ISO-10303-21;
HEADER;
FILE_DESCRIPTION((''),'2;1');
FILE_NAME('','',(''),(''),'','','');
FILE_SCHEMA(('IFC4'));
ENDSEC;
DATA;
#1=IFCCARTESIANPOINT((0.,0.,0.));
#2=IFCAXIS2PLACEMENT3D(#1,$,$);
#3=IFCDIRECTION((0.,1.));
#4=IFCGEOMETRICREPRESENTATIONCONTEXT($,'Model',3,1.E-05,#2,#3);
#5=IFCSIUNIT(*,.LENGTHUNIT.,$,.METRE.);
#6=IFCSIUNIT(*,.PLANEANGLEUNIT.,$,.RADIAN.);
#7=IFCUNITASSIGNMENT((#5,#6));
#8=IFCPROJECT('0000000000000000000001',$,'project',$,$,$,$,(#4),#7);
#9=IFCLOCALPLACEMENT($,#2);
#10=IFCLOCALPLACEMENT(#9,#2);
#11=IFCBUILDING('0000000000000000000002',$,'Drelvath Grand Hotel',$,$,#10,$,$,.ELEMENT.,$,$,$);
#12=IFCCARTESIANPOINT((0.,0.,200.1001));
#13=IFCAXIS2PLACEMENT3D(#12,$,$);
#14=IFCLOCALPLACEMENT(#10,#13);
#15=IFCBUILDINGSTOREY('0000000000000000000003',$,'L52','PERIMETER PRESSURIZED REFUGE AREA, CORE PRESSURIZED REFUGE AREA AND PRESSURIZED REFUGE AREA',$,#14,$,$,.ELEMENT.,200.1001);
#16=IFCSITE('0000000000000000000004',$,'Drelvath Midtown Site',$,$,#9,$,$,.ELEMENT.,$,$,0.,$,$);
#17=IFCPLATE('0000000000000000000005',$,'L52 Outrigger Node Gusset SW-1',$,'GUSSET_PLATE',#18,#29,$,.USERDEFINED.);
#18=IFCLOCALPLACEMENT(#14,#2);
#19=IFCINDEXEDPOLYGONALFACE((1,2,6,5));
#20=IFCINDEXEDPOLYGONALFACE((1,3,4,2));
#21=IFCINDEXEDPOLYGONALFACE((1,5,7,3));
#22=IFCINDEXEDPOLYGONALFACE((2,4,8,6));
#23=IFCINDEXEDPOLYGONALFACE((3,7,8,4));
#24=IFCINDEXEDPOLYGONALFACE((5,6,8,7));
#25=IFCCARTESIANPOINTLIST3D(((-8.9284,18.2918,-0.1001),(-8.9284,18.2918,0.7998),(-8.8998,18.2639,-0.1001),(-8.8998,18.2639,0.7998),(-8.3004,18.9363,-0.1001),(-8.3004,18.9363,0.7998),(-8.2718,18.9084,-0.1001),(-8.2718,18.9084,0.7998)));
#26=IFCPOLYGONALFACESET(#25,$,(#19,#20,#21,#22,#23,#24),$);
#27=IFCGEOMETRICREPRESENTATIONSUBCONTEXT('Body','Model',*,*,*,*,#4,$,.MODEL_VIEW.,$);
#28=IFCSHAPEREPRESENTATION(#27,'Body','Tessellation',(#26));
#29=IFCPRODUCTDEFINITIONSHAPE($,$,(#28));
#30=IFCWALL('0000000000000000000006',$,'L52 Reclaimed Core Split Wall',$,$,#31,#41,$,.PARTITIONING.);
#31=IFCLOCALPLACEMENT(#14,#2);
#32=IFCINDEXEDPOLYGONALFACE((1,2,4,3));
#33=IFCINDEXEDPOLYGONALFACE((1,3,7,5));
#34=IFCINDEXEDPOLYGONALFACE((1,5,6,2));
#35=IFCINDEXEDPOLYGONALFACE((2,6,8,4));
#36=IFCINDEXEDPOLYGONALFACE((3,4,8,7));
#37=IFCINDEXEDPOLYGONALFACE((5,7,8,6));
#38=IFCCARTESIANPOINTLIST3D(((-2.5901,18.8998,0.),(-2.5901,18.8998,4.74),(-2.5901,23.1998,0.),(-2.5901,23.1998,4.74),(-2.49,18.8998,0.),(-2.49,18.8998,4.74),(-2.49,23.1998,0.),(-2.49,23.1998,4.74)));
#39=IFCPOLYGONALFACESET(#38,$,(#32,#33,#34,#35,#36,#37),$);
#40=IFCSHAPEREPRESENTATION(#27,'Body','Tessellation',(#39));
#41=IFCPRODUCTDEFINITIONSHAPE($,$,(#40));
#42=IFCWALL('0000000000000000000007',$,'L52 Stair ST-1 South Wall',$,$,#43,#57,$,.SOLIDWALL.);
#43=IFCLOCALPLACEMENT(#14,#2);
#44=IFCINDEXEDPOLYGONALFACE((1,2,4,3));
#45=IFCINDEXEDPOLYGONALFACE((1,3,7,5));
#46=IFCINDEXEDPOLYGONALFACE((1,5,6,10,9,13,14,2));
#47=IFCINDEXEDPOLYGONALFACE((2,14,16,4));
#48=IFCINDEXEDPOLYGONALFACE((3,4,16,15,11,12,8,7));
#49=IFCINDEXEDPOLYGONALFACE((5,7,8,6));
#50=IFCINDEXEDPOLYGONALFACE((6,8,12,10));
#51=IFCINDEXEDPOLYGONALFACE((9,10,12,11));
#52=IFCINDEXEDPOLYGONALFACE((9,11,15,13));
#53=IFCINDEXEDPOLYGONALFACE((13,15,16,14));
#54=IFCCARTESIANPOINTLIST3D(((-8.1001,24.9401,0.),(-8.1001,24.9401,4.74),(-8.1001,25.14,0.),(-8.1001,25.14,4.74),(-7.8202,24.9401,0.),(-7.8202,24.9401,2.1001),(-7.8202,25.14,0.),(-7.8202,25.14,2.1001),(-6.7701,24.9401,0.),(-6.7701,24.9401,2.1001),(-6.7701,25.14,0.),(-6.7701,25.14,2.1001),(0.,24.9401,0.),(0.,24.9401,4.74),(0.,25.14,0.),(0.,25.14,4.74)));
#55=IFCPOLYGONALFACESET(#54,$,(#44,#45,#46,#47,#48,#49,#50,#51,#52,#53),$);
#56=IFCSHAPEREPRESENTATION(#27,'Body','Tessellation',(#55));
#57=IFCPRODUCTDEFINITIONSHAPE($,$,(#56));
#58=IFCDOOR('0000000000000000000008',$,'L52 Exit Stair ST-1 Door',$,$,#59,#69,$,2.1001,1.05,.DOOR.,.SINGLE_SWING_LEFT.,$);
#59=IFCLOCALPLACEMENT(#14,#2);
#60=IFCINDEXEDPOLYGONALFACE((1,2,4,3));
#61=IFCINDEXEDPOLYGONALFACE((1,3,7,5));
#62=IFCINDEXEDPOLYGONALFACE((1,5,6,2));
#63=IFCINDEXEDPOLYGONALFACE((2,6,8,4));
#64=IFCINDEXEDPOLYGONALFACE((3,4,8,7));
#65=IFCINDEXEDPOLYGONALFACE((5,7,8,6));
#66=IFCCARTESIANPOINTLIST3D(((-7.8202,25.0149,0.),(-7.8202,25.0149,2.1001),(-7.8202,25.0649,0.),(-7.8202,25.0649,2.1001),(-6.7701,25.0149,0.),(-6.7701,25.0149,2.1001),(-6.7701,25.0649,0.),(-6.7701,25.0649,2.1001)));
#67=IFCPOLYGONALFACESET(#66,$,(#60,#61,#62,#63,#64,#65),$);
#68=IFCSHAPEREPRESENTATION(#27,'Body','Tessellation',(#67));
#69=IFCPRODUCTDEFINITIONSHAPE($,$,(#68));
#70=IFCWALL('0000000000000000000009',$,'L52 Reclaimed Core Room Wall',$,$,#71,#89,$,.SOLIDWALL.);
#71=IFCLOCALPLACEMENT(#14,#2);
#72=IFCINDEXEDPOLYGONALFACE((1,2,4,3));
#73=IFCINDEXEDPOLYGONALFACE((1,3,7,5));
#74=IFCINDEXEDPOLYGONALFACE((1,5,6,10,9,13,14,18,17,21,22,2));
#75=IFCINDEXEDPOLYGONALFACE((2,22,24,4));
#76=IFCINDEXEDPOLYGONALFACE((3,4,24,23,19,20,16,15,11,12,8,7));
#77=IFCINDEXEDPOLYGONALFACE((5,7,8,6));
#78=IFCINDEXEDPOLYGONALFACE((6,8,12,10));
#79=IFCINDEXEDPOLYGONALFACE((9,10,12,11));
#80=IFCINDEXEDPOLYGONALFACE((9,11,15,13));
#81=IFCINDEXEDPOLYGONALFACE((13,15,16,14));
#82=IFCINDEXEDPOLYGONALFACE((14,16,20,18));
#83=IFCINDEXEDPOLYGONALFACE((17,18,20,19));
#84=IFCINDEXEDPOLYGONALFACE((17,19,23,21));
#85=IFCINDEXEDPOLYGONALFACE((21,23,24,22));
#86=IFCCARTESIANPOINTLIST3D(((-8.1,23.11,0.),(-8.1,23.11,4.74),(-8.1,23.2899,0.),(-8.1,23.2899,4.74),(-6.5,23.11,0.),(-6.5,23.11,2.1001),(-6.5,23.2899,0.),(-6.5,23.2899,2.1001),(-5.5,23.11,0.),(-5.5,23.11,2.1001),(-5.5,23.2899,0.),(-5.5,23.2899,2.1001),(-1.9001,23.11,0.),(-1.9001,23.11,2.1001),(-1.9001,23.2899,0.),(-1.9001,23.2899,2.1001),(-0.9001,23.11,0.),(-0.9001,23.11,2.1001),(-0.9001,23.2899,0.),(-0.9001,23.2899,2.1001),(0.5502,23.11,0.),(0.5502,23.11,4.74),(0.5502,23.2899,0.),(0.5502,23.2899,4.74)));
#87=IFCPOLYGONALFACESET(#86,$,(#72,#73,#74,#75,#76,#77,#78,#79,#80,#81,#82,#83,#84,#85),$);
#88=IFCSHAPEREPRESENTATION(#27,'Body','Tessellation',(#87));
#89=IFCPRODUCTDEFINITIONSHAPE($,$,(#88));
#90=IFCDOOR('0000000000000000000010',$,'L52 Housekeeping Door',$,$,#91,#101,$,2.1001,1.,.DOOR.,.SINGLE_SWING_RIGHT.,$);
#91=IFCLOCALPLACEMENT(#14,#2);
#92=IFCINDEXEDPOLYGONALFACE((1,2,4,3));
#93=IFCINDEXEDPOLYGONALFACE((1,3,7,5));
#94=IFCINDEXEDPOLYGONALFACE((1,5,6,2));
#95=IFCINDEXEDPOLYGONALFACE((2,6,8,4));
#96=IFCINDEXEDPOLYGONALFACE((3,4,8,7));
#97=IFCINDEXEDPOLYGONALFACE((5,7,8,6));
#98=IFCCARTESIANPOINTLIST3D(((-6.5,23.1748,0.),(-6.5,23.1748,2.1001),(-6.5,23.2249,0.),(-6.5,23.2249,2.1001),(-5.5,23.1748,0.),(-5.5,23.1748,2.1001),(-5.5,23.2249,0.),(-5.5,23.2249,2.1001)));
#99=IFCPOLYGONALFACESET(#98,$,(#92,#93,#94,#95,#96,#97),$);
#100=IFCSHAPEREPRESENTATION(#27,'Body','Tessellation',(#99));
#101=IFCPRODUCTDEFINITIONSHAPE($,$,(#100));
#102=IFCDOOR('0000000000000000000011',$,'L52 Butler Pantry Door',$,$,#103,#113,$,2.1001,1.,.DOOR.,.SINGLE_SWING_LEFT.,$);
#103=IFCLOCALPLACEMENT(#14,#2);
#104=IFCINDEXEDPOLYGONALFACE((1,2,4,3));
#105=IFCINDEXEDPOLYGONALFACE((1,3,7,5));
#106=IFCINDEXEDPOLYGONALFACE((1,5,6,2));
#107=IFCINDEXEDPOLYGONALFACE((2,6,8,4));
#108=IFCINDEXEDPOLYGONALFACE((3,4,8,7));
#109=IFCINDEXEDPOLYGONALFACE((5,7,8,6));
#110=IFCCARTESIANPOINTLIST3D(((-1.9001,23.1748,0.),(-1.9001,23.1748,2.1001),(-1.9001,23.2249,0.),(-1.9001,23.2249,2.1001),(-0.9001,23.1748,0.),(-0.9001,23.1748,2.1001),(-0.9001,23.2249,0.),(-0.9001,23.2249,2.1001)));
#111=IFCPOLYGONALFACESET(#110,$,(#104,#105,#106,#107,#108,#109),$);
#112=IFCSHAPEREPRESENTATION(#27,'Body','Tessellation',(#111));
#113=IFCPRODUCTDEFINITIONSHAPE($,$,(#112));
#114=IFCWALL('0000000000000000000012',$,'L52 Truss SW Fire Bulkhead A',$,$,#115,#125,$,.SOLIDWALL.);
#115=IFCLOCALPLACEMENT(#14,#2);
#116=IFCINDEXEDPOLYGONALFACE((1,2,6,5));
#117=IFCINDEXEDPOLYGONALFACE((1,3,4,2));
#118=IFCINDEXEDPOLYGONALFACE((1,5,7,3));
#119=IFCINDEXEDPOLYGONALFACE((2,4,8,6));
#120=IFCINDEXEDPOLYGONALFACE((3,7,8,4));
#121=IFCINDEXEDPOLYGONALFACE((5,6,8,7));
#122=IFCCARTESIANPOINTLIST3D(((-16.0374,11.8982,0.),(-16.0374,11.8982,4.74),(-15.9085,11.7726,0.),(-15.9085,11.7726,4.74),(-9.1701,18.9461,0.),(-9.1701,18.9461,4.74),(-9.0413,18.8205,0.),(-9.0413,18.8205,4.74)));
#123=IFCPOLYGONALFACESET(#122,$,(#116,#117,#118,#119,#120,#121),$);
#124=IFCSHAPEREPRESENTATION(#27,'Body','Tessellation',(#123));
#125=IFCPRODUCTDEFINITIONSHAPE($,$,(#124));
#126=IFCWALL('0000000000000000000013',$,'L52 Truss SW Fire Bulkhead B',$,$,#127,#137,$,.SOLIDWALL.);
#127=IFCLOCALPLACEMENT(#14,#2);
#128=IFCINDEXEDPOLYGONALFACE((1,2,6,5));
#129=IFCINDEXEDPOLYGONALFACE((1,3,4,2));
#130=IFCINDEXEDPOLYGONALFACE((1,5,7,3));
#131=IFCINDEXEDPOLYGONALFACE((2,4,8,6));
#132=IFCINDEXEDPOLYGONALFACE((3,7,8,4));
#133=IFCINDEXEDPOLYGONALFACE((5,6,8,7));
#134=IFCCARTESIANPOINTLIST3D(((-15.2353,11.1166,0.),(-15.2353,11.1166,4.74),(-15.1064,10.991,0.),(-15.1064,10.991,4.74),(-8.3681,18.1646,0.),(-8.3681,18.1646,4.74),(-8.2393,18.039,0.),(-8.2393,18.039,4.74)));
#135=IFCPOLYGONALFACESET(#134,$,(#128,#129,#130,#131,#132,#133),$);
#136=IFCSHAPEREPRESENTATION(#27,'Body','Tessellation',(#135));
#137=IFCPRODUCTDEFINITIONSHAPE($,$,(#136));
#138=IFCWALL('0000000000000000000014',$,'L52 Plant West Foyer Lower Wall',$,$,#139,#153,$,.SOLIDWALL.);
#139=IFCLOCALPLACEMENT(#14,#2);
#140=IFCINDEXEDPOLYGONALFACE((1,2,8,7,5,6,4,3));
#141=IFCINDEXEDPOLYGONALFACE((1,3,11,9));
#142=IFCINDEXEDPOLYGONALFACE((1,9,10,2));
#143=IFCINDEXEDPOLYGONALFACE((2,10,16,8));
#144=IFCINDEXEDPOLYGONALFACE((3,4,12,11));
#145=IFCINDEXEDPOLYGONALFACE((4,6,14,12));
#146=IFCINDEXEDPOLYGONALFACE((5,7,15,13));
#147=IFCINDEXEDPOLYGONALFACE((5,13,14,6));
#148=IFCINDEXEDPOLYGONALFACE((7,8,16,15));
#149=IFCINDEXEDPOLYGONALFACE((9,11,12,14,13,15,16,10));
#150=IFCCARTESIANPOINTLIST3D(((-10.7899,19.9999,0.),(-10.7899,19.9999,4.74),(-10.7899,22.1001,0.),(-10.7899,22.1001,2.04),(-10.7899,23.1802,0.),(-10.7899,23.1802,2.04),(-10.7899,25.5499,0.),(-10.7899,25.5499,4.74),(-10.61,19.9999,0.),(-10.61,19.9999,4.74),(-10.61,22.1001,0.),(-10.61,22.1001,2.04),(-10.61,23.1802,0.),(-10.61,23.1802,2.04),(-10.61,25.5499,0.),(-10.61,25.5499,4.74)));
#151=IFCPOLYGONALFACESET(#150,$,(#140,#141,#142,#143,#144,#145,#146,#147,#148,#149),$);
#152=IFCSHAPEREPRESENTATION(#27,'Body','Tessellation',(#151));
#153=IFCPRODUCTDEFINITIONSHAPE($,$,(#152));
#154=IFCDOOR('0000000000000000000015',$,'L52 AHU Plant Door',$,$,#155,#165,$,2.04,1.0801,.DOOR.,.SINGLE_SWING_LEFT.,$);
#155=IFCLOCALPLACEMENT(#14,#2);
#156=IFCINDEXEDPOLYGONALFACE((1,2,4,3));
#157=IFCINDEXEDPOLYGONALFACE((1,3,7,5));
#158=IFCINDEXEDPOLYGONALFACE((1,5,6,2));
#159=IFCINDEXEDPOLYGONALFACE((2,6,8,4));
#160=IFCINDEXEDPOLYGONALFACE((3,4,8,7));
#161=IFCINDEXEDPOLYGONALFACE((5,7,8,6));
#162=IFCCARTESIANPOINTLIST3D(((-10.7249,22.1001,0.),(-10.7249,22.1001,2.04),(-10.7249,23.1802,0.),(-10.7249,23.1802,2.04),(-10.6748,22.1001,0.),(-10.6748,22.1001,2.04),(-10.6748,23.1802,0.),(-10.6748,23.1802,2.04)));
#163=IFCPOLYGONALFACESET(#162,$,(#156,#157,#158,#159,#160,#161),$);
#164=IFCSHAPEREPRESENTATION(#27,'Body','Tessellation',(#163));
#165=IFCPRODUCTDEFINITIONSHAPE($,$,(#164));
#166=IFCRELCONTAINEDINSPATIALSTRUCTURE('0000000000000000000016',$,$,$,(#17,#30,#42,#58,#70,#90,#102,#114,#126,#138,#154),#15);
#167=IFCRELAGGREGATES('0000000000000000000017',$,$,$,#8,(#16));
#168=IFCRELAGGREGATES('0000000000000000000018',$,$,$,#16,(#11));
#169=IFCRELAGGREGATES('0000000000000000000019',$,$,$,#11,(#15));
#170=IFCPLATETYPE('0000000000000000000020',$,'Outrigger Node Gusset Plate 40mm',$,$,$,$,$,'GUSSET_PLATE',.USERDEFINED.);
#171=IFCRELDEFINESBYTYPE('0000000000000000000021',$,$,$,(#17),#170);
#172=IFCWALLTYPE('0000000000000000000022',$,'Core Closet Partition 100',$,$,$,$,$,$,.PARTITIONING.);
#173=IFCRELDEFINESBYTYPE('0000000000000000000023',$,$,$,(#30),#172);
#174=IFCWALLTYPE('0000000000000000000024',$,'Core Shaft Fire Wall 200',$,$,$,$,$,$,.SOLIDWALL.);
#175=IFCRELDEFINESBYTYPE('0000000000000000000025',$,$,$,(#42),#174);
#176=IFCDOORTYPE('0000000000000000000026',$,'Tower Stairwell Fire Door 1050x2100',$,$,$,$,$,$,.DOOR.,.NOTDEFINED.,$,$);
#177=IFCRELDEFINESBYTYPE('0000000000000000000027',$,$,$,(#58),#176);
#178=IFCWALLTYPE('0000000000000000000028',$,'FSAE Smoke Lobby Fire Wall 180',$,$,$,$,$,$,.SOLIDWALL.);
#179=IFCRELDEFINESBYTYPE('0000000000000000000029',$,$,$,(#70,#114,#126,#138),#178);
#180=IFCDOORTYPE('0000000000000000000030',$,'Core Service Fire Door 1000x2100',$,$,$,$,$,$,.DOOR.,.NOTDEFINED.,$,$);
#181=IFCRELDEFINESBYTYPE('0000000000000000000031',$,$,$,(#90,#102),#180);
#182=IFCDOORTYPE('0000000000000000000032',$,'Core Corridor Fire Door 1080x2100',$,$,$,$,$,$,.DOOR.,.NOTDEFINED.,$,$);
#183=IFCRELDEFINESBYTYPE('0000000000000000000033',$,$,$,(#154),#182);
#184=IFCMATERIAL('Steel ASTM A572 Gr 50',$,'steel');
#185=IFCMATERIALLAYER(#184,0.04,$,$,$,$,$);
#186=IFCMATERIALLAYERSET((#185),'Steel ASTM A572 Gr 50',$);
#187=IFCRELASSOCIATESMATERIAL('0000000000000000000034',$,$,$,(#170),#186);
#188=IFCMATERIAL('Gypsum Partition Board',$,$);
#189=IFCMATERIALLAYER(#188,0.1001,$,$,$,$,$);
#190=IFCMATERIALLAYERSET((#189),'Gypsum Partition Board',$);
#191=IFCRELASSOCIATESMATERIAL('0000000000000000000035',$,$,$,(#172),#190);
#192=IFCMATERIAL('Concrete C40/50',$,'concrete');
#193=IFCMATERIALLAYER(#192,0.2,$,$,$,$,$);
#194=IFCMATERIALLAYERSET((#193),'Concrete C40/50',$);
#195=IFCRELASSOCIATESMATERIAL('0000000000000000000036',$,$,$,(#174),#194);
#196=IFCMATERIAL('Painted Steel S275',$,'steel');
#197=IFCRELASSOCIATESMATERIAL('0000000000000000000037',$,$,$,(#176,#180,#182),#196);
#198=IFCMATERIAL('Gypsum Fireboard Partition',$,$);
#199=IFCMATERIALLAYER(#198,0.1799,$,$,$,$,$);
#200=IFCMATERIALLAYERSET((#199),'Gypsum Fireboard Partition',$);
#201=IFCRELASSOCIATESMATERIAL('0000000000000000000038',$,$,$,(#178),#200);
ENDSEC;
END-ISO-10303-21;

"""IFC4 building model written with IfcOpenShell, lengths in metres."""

from ifc_helpers import new_model, si_unit, direction, frame, frame_2d, origin, origin_2d, place, context, subcontext, project, spatial, rectangle, extrude, material, layer, layer_set, type_object, element, fill, save


model = new_model("IFC4")

# Units and contexts
model_context = context("Model", 3, precision=1e-05, world=origin(), true_north=direction((0.0, 1.0)))
body_context = subcontext(model_context, "Body", "Model", "MODEL_VIEW")
ifc_project = project(units=[si_unit("LENGTHUNIT", "METRE"), si_unit("PLANEANGLEUNIT", "RADIAN")], contexts=[model_context])

# Site, building, storey
site_placement = place(None, origin())
site = spatial("IfcSite", under=ifc_project, at=site_placement, Name="Drelvath Midtown Site", CompositionType="ELEMENT", RefElevation=0.0)
building_placement = place(site_placement, origin())
building = spatial("IfcBuilding", under=site, at=building_placement, Name="Drelvath Grand Hotel", CompositionType="ELEMENT")
storey_placement = place(building_placement, frame((0.0, 0.0, 200.1001)))
storey = spatial("IfcBuildingStorey", under=building, at=storey_placement, Name="L52", Description="PERIMETER PRESSURIZED REFUGE AREA, CORE PRESSURIZED REFUGE AREA AND PRESSURIZED REFUGE AREA", CompositionType="ELEMENT", Elevation=200.1001)

# Plate
ifc_material_1 = material(Name="Steel ASTM A572 Gr 50", Category="steel")
ifc_layer_1 = layer(ifc_material_1, 0.04)
ifc_layer_set_1 = layer_set([ifc_layer_1], Name="Steel ASTM A572 Gr 50")
plate_type_1 = type_object("IfcPlateType", Name="Outrigger Node Gusset Plate 40mm", ElementType="GUSSET_PLATE", PredefinedType="USERDEFINED", material=ifc_layer_set_1)
plate_1_placement = place(storey_placement, frame((-8.6001, 18.6001, -0.1001), z_axis=(0.0, 0.0, 1.0), x_axis=(-0.697865, -0.71623, 0.0)))
element("IfcPlate", 1, at=plate_1_placement, inside=storey, type_object=plate_type_1, Name="L52 Outrigger Node Gusset SW-1", ObjectType="GUSSET_PLATE", PredefinedType="USERDEFINED", context=body_context, shape_type="SweptSolid", body=[
    extrude(rectangle(XDim=0.8999, YDim=0.04, at=origin_2d()), origin(), (0.0, 0.0, 1.0), 0.8999),
])

# Wall
ifc_material_2 = material(Name="Gypsum Partition Board")
ifc_layer_2 = layer(ifc_material_2, 0.1001)
ifc_layer_set_2 = layer_set([ifc_layer_2], Name="Gypsum Partition Board")
wall_type_1 = type_object("IfcWallType", Name="Core Closet Partition 100", PredefinedType="PARTITIONING", material=ifc_layer_set_2)
wall_1_placement = place(storey_placement, frame((-2.54, 18.8999, 0.0), z_axis=(0.0, 0.0, 1.0), x_axis=(0.0, 1.0, 0.0)))
element("IfcWall", 2, at=wall_1_placement, inside=storey, type_object=wall_type_1, Name="L52 Reclaimed Core Split Wall", PredefinedType="PARTITIONING", context=body_context, shape_type="SweptSolid", body=[
    extrude(rectangle(XDim=4.3, YDim=0.1001, at=frame_2d((2.1499, 0.0))), origin(), (0.0, 0.0, 1.0), 4.74),
])

# Wall, opening, door
ifc_material_3 = material(Name="Concrete C40/50", Category="concrete")
ifc_layer_3 = layer(ifc_material_3, 0.2)
ifc_layer_set_3 = layer_set([ifc_layer_3], Name="Concrete C40/50")
wall_type_2 = type_object("IfcWallType", Name="Core Shaft Fire Wall 200", PredefinedType="SOLIDWALL", material=ifc_layer_set_3)
wall_2_placement = place(storey_placement, frame((-8.1001, 25.04, 0.0), z_axis=(0.0, 0.0, 1.0), x_axis=(1.0, 0.0, 0.0)))
wall_2 = element("IfcWall", 3, at=wall_2_placement, inside=storey, type_object=wall_type_2, Name="L52 Stair ST-1 South Wall", PredefinedType="SOLIDWALL", context=body_context, shape_type="SweptSolid", body=[
    extrude(rectangle(XDim=8.1001, YDim=0.2, at=frame_2d((4.05, 0.0))), origin(), (0.0, 0.0, 1.0), 4.74),
])
opening_1_placement = place(wall_2_placement, frame((0.28, 0.0, 0.0)))
opening_1 = element("IfcOpeningElement", 4, at=opening_1_placement, cuts=wall_2, PredefinedType="OPENING", context=body_context, shape_type="SweptSolid", body=[
    extrude(rectangle(XDim=1.05, YDim=2.1001, at=frame_2d((0.5249, 1.05))), frame((0.0, 0.1099, 0.0), z_axis=(0.0, -1.0, 0.0), x_axis=(1.0, 0.0, 0.0)), (0.0, 0.0, 1.0), 0.22),
])
ifc_material_4 = material(Name="Painted Steel S275", Category="steel")
door_type_1 = type_object("IfcDoorType", Name="Tower Stairwell Fire Door 1050x2100", OperationType="NOTDEFINED", PredefinedType="DOOR", material=ifc_material_4)
door_1_placement = place(opening_1_placement, origin())
door_1 = element("IfcDoor", 5, at=door_1_placement, inside=storey, type_object=door_type_1, Name="L52 Exit Stair ST-1 Door", OperationType="SINGLE_SWING_LEFT", OverallHeight=2.1001, OverallWidth=1.05, PredefinedType="DOOR", context=body_context, shape_type="SweptSolid", body=[
    extrude(rectangle(XDim=1.05, YDim=2.1001, at=frame_2d((0.5249, 1.05))), frame((0.0, 0.0249, 0.0), z_axis=(0.0, -1.0, 0.0), x_axis=(1.0, 0.0, 0.0)), (0.0, 0.0, 1.0), 0.05),
])
fill(opening_1, door_1)

# Wall, openings, doors
ifc_material_5 = material(Name="Gypsum Fireboard Partition")
ifc_layer_4 = layer(ifc_material_5, 0.1799)
ifc_layer_set_4 = layer_set([ifc_layer_4], Name="Gypsum Fireboard Partition")
wall_type_3 = type_object("IfcWallType", Name="FSAE Smoke Lobby Fire Wall 180", PredefinedType="SOLIDWALL", material=ifc_layer_set_4)
wall_3_placement = place(storey_placement, frame((-8.1001, 23.2, 0.0), z_axis=(0.0, 0.0, 1.0), x_axis=(1.0, 0.0, 0.0)))
wall_3 = element("IfcWall", 6, at=wall_3_placement, inside=storey, type_object=wall_type_3, Name="L52 Reclaimed Core Room Wall", PredefinedType="SOLIDWALL", context=body_context, shape_type="SweptSolid", body=[
    extrude(rectangle(XDim=8.6501, YDim=0.1799, at=frame_2d((4.3252, 0.0))), origin(), (0.0, 0.0, 1.0), 4.74),
])
opening_2_placement = place(wall_3_placement, frame((1.6001, 0.0, 0.0)))
opening_2 = element("IfcOpeningElement", 7, at=opening_2_placement, cuts=wall_3, PredefinedType="OPENING", context=body_context, shape_type="SweptSolid", body=[
    extrude(rectangle(XDim=1.0, YDim=2.1001, at=frame_2d((0.5, 1.05))), frame((0.0, 0.0999, 0.0), z_axis=(0.0, -1.0, 0.0), x_axis=(1.0, 0.0, 0.0)), (0.0, 0.0, 1.0), 0.2),
])
opening_3_placement = place(wall_3_placement, frame((6.2, 0.0, 0.0)))
opening_3 = element("IfcOpeningElement", 8, at=opening_3_placement, cuts=wall_3, PredefinedType="OPENING", context=body_context, shape_type="SweptSolid", body=[
    extrude(rectangle(XDim=1.0, YDim=2.1001, at=frame_2d((0.5, 1.05))), frame((0.0, 0.0999, 0.0), z_axis=(0.0, -1.0, 0.0), x_axis=(1.0, 0.0, 0.0)), (0.0, 0.0, 1.0), 0.2),
])
door_type_2 = type_object("IfcDoorType", Name="Core Service Fire Door 1000x2100", OperationType="NOTDEFINED", PredefinedType="DOOR", material=ifc_material_4)
door_2_placement = place(opening_2_placement, origin())
door_2 = element("IfcDoor", 9, at=door_2_placement, inside=storey, type_object=door_type_2, Name="L52 Housekeeping Door", OperationType="SINGLE_SWING_RIGHT", OverallHeight=2.1001, OverallWidth=1.0, PredefinedType="DOOR", context=body_context, shape_type="SweptSolid", body=[
    extrude(rectangle(XDim=1.0, YDim=2.1001, at=frame_2d((0.5, 1.05))), frame((0.0, 0.0249, 0.0), z_axis=(0.0, -1.0, 0.0), x_axis=(1.0, 0.0, 0.0)), (0.0, 0.0, 1.0), 0.05),
])
fill(opening_2, door_2)
door_3_placement = place(opening_3_placement, origin())
door_3 = element("IfcDoor", 10, at=door_3_placement, inside=storey, type_object=door_type_2, Name="L52 Butler Pantry Door", OperationType="SINGLE_SWING_LEFT", OverallHeight=2.1001, OverallWidth=1.0, PredefinedType="DOOR", context=body_context, shape_type="SweptSolid", body=[
    extrude(rectangle(XDim=1.0, YDim=2.1001, at=frame_2d((0.5, 1.05))), frame((0.0, 0.0249, 0.0), z_axis=(0.0, -1.0, 0.0), x_axis=(1.0, 0.0, 0.0)), (0.0, 0.0, 1.0), 0.05),
])
fill(opening_3, door_3)

# Walls
for number, where, z_axis, x_axis, name in (
    (11, (-9.1057, 18.8833, 0.0), (0.0, 0.0, 1.0), (-0.697867, -0.716227, 0.0), "L52 Truss SW Fire Bulkhead A"),
    (12, (-8.3037, 18.1018, 0.0), (0.0, 0.0, 1.0), (-0.697855, -0.716239, 0.0), "L52 Truss SW Fire Bulkhead B"),
):
    element("IfcWall", number, at=place(storey_placement, frame(where, z_axis=z_axis, x_axis=x_axis)), inside=storey, type_object=wall_type_3, Name=name, PredefinedType="SOLIDWALL", context=body_context, shape_type="SweptSolid", body=[
        extrude(rectangle(XDim=9.8403, YDim=0.1799, at=frame_2d((4.9202, 0.0))), origin(), (0.0, 0.0, 1.0), 4.74),
    ])

# Wall, opening, door
wall_4_placement = place(storey_placement, frame((-10.7, 20.0, 0.0), z_axis=(0.0, 0.0, 1.0), x_axis=(0.0, 1.0, 0.0)))
wall_4 = element("IfcWall", 13, at=wall_4_placement, inside=storey, type_object=wall_type_3, Name="L52 Plant West Foyer Lower Wall", PredefinedType="SOLIDWALL", context=body_context, shape_type="SweptSolid", body=[
    extrude(rectangle(XDim=5.55, YDim=0.1799, at=frame_2d((2.7749, 0.0))), origin(), (0.0, 0.0, 1.0), 4.74),
])
opening_4_placement = place(wall_4_placement, frame((2.1001, 0.0, 0.0)))
opening_4 = element("IfcOpeningElement", 14, at=opening_4_placement, cuts=wall_4, PredefinedType="OPENING", context=body_context, shape_type="SweptSolid", body=[
    extrude(rectangle(XDim=1.0801, YDim=2.04, at=frame_2d((0.54, 1.02))), frame((0.0, 0.0999, 0.0), z_axis=(0.0, -1.0, 0.0), x_axis=(1.0, 0.0, 0.0)), (0.0, 0.0, 1.0), 0.2),
])
door_type_3 = type_object("IfcDoorType", Name="Core Corridor Fire Door 1080x2100", OperationType="NOTDEFINED", PredefinedType="DOOR", material=ifc_material_4)
door_4_placement = place(opening_4_placement, origin())
door_4 = element("IfcDoor", 15, at=door_4_placement, inside=storey, type_object=door_type_3, Name="L52 AHU Plant Door", OperationType="SINGLE_SWING_LEFT", OverallHeight=2.04, OverallWidth=1.0801, PredefinedType="DOOR", context=body_context, shape_type="SweptSolid", body=[
    extrude(rectangle(XDim=1.0801, YDim=2.04, at=frame_2d((0.54, 1.02))), frame((0.0, 0.0249, 0.0), z_axis=(0.0, -1.0, 0.0), x_axis=(1.0, 0.0, 0.0)), (0.0, 0.0, 1.0), 0.05),
])
fill(opening_4, door_4)

save(model, "model.ifc")
